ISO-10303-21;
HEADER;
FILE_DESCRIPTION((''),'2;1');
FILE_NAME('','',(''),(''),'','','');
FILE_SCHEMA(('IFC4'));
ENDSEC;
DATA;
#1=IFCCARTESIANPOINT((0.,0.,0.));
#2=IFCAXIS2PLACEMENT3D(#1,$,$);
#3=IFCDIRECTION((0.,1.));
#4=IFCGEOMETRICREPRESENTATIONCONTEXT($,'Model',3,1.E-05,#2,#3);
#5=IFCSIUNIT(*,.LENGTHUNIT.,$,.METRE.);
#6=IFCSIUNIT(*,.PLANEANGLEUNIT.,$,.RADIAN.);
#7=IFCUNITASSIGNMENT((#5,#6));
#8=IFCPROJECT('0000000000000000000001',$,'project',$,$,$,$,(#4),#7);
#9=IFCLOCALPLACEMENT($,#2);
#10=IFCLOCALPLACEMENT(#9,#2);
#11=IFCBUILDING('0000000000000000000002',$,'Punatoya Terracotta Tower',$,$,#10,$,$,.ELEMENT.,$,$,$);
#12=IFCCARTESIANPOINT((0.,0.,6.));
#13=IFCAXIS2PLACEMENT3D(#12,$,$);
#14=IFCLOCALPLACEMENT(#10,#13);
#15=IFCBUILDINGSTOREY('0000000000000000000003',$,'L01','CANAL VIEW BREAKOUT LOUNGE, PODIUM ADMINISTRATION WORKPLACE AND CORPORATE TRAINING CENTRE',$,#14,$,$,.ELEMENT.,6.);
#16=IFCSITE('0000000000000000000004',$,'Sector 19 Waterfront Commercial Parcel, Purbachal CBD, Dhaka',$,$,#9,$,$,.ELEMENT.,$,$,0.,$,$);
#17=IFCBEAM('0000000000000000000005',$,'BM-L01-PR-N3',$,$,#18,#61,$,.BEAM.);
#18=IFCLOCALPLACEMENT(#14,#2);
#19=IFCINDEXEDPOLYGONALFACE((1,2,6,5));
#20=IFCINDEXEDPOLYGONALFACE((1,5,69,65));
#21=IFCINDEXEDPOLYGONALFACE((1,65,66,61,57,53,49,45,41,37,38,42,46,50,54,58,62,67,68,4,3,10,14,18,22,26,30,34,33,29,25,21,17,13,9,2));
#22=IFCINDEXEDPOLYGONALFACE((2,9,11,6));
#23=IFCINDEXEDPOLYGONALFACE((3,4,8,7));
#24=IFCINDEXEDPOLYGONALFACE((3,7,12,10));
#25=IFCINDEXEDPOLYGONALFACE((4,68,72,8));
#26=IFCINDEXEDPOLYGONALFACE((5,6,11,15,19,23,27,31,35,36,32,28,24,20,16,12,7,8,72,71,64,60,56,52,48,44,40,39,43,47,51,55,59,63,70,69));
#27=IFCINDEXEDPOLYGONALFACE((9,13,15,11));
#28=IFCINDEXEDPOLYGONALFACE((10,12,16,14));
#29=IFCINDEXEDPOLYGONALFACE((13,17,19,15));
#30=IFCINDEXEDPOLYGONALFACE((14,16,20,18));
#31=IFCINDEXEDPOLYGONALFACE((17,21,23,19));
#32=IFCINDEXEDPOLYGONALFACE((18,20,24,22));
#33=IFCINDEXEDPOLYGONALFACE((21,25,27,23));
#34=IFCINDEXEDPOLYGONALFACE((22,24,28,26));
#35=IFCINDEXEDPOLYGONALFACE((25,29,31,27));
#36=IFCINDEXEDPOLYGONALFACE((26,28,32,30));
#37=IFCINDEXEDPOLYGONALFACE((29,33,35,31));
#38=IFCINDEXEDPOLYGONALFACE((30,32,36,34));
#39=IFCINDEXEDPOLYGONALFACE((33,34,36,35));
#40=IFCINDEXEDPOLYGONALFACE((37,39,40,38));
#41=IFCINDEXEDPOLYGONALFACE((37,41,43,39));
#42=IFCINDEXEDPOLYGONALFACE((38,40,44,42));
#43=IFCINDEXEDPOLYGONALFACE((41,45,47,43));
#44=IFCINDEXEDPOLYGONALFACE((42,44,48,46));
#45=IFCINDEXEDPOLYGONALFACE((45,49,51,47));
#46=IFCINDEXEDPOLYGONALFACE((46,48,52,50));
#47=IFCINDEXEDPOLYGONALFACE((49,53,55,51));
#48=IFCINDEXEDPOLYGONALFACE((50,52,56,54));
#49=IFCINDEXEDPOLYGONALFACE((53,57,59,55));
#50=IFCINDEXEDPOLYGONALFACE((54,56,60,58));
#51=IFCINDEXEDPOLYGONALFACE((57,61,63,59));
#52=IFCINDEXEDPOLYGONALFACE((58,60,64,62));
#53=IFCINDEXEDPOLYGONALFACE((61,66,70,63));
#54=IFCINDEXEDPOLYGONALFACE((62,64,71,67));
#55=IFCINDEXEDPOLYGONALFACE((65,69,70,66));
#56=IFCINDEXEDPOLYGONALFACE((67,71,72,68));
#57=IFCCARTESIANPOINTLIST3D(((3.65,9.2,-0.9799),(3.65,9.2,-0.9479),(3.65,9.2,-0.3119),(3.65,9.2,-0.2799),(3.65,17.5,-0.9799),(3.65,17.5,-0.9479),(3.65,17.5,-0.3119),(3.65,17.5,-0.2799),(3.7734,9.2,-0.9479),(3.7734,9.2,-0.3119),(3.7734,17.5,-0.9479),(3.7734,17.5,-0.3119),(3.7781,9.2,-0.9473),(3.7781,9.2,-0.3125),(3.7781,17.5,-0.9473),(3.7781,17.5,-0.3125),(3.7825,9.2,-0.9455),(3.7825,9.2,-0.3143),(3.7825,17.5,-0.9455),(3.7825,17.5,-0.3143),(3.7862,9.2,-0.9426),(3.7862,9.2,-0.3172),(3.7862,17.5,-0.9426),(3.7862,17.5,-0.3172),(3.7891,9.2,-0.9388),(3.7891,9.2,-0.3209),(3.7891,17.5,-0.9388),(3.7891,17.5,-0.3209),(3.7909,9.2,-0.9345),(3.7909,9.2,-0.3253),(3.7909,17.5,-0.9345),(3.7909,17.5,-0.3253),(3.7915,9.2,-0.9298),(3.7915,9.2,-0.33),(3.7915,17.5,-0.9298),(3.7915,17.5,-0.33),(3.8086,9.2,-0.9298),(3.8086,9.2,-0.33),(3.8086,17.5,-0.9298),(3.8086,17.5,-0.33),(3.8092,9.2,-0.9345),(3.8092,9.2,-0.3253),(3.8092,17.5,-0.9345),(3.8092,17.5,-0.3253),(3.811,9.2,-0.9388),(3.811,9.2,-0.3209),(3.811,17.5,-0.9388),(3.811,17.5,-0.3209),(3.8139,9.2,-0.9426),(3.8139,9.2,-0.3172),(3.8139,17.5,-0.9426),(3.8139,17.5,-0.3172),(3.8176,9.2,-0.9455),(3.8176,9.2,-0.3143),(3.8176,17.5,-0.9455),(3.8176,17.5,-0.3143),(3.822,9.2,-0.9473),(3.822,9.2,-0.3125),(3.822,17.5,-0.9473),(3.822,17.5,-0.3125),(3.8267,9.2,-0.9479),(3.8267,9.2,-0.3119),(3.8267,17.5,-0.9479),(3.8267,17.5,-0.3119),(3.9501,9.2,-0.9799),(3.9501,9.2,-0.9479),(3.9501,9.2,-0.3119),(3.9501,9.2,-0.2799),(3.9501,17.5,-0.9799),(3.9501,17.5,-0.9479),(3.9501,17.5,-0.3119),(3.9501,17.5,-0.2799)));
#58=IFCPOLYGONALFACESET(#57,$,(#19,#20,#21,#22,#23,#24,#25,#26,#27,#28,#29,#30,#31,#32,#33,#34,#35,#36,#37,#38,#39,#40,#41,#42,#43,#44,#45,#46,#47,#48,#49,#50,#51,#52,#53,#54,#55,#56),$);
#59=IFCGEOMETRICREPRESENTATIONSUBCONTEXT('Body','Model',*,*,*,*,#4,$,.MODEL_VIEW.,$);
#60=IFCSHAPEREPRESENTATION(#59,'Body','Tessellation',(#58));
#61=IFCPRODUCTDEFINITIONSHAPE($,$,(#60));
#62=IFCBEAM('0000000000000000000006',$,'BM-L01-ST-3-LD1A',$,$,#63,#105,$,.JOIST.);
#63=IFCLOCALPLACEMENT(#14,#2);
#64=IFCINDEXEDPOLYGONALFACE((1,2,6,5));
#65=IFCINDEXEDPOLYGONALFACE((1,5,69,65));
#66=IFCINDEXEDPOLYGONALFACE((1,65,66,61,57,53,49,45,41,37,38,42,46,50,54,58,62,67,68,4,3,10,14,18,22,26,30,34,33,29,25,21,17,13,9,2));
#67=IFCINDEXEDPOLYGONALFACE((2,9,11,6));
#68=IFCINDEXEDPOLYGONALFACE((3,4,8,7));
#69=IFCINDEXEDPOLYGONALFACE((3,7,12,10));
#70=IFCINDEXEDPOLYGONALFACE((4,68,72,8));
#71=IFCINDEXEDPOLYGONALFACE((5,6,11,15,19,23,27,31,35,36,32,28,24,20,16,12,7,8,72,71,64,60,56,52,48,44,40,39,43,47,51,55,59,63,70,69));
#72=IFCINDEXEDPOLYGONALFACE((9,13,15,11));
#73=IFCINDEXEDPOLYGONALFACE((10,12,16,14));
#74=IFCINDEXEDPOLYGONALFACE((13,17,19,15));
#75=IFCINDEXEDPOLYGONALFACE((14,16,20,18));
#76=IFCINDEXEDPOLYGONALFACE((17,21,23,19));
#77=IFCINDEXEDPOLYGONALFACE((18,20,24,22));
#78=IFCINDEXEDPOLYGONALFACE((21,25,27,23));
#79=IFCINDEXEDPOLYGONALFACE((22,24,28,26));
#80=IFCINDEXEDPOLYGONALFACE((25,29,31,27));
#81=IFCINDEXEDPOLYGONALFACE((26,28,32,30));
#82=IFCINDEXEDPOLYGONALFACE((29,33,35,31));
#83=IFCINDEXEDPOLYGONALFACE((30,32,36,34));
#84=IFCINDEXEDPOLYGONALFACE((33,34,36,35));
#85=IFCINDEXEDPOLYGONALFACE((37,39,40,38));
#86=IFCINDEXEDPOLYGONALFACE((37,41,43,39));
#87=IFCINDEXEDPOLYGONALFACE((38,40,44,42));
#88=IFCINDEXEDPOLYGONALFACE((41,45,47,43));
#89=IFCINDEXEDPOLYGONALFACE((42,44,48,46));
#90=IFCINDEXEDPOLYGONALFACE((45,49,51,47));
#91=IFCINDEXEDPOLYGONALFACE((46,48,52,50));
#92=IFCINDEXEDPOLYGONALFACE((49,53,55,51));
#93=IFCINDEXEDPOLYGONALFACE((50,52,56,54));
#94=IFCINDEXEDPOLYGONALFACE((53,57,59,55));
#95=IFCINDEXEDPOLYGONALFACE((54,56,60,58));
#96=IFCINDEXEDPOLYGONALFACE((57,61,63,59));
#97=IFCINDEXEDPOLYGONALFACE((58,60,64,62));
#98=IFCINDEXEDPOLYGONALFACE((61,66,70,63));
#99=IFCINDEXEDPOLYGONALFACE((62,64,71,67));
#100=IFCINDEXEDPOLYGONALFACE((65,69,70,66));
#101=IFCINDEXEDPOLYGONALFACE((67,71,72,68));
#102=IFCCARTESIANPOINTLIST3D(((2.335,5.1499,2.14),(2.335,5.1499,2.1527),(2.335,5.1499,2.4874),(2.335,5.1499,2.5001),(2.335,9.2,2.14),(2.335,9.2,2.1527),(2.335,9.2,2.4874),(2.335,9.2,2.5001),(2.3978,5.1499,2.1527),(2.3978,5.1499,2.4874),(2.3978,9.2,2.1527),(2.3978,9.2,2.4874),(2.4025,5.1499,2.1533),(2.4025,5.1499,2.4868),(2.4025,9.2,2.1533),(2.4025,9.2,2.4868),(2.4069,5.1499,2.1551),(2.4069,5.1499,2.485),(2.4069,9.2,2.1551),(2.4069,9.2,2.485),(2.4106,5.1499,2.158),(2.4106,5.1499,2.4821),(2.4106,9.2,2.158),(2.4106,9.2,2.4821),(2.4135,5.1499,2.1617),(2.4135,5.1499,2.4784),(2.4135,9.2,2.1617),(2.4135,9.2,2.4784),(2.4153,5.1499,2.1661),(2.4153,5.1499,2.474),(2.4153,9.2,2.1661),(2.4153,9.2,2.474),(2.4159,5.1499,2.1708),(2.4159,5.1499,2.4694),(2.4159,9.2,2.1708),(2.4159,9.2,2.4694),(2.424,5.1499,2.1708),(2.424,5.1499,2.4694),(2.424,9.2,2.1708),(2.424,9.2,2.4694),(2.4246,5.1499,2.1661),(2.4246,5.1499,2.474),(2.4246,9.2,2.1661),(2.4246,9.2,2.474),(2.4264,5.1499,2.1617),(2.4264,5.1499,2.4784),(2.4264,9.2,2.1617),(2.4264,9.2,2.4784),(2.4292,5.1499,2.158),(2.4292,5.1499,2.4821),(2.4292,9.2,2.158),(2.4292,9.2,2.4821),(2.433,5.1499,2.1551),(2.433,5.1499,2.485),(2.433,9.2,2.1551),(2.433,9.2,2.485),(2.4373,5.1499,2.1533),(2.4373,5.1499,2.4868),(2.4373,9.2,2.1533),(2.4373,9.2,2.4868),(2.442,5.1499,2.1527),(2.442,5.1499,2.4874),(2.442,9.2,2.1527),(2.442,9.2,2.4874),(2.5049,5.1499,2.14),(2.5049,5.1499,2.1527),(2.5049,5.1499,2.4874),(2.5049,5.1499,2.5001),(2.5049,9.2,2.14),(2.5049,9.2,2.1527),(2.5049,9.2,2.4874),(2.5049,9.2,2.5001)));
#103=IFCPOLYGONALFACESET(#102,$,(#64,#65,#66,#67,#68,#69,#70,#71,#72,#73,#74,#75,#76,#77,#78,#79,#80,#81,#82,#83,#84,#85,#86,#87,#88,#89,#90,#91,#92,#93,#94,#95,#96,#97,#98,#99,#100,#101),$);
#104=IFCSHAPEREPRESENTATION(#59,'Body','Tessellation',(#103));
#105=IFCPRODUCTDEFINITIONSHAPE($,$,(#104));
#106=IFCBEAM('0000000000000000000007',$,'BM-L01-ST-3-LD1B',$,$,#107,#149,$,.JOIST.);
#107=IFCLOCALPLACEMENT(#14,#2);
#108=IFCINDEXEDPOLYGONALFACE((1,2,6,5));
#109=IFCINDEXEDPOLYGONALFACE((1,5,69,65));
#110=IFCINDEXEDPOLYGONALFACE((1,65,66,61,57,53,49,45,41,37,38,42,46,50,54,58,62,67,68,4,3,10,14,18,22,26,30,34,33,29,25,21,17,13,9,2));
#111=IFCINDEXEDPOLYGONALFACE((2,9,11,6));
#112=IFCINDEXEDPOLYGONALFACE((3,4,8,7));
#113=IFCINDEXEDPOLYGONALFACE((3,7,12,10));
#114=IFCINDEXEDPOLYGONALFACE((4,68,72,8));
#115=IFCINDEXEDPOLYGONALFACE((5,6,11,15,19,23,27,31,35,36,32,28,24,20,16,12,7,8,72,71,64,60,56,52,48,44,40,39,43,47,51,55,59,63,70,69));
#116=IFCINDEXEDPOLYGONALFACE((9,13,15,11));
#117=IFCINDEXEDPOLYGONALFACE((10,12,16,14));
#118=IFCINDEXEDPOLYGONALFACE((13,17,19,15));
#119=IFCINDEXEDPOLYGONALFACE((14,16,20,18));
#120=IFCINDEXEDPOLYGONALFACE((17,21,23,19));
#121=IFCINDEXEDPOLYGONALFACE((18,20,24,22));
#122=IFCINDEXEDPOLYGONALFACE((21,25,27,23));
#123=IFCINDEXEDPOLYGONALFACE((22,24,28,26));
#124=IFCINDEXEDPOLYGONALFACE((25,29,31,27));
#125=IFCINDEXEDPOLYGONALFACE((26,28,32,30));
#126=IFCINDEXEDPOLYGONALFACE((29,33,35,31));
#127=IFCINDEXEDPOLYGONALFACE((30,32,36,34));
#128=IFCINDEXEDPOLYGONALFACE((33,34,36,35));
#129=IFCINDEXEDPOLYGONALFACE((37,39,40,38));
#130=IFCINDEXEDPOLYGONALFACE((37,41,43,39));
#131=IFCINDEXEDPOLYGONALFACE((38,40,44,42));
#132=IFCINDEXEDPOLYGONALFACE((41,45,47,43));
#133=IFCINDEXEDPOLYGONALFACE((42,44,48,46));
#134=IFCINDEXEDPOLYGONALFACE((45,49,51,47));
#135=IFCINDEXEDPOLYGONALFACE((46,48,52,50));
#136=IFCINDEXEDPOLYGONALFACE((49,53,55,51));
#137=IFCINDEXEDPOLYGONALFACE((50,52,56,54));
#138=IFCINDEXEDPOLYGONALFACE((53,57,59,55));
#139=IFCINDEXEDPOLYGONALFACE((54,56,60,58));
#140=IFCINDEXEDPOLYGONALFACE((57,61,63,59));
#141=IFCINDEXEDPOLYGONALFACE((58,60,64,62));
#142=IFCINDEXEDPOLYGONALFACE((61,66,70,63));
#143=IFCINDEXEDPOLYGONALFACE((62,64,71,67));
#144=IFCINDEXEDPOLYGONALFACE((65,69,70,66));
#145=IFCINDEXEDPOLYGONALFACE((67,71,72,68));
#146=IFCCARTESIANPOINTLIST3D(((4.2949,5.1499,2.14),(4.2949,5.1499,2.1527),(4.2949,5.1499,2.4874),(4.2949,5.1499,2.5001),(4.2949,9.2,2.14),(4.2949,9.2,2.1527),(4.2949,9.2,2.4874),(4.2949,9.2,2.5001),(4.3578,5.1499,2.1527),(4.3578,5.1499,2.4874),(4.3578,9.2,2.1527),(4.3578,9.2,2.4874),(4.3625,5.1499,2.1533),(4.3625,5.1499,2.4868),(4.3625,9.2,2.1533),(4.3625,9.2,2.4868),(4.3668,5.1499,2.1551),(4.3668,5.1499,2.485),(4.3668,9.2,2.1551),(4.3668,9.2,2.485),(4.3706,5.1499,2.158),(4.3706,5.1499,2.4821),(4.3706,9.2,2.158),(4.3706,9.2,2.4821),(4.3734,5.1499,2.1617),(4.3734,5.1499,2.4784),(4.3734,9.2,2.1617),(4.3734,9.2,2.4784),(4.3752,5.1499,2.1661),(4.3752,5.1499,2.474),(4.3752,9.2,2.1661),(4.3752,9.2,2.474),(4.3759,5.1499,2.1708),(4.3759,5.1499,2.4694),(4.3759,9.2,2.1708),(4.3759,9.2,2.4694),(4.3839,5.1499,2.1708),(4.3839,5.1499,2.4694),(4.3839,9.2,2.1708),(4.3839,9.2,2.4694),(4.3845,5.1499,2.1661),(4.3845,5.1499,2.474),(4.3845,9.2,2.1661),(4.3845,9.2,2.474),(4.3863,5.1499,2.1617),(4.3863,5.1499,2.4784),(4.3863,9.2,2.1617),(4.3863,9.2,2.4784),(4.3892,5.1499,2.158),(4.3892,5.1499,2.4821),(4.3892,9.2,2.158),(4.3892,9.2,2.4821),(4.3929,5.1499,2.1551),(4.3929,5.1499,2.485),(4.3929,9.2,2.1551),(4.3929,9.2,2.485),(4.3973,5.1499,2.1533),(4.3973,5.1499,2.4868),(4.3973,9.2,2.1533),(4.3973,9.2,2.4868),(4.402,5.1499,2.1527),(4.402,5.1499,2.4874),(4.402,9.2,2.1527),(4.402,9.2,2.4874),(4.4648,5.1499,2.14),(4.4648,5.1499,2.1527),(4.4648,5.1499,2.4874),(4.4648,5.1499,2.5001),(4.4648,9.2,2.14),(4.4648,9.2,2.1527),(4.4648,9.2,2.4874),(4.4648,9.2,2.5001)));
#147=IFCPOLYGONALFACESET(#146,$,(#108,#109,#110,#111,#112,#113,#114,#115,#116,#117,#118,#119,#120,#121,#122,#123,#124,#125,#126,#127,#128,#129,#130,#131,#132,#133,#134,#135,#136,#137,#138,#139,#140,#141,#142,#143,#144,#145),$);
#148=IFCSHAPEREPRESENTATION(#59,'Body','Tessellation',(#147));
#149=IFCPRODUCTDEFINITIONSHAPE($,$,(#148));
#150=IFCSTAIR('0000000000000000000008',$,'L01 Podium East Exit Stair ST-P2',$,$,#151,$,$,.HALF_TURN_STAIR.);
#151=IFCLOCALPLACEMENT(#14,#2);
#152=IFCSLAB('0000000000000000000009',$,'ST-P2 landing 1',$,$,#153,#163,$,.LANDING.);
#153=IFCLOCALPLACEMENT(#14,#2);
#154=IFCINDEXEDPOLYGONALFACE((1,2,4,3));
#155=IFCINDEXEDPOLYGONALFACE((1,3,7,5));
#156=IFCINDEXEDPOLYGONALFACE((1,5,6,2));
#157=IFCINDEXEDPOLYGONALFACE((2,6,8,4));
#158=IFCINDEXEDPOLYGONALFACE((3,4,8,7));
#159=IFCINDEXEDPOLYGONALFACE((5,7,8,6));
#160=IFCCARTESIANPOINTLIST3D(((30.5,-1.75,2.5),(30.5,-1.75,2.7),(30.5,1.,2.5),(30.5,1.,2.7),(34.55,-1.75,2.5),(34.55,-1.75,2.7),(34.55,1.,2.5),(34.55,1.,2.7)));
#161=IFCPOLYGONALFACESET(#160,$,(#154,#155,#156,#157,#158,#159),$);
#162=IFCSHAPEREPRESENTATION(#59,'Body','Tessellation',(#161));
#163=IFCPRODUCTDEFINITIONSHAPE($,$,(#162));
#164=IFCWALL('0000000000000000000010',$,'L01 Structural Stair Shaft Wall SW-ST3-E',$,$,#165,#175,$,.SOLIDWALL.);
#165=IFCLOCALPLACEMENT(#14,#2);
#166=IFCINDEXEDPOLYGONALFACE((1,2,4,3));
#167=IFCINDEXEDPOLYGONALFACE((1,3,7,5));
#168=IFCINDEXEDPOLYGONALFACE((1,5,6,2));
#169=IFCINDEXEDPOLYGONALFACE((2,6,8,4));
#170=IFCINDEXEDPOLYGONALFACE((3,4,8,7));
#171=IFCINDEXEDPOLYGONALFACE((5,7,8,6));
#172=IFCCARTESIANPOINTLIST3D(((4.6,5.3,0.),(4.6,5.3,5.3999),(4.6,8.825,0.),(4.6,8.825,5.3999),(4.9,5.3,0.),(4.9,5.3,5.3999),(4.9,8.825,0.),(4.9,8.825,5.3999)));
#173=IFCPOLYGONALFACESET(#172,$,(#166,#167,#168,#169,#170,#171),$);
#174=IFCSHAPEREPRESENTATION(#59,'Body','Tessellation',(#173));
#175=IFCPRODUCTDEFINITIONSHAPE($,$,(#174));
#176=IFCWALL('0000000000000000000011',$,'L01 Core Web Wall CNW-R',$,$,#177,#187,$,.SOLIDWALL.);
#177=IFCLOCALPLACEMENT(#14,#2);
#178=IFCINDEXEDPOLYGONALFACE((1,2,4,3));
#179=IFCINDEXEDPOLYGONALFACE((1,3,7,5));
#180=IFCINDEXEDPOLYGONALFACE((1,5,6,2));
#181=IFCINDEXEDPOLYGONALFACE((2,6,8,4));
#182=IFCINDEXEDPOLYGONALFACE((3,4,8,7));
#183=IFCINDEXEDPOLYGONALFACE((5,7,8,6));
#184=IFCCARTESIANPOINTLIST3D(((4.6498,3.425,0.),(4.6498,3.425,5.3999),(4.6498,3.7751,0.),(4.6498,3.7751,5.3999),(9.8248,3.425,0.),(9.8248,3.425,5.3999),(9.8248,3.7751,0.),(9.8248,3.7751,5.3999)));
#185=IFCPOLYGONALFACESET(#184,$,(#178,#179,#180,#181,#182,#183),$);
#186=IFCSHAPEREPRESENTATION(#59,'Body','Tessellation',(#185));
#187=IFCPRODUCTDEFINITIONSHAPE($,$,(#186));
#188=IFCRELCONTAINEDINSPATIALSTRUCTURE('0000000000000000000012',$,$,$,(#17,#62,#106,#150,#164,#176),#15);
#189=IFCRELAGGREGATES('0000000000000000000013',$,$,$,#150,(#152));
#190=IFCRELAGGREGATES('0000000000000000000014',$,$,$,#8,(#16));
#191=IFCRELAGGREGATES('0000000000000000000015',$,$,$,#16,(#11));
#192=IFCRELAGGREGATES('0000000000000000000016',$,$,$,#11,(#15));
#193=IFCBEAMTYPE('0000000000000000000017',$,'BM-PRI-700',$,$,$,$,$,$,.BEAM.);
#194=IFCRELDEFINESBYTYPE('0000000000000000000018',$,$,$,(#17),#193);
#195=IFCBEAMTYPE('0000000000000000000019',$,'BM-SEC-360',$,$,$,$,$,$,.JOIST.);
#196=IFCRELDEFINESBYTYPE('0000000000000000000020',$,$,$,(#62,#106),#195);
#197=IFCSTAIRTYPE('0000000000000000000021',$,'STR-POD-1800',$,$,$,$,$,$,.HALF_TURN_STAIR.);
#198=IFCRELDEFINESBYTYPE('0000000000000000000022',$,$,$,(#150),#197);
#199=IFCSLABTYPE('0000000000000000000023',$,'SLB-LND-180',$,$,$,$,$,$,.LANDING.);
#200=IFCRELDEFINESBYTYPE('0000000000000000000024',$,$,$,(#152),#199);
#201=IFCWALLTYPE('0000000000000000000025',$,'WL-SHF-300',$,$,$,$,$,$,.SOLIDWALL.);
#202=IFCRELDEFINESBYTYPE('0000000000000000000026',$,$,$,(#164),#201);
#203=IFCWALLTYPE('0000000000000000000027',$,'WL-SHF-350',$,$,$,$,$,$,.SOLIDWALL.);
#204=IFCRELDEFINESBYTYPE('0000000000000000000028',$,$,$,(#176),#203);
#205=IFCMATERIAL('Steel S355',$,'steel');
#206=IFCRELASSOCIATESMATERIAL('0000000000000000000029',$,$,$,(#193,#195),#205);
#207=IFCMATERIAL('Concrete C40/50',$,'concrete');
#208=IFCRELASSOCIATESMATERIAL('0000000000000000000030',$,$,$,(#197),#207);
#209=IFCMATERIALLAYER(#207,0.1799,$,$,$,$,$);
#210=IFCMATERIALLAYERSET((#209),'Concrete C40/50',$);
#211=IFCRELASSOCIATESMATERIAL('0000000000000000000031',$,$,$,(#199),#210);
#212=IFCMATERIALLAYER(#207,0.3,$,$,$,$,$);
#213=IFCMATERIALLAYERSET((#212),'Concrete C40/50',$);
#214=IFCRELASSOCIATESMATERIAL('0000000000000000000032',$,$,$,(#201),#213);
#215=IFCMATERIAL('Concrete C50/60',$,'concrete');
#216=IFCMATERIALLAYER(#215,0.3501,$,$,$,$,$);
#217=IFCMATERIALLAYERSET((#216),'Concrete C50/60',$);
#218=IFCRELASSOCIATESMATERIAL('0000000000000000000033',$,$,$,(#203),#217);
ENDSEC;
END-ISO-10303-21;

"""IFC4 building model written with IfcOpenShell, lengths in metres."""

from ifc_helpers import new_model, si_unit, direction, frame, frame_2d, origin, origin_2d, place, context, subcontext, project, spatial, polyline, rectangle, i_section, outline, extrude, material, layer, layer_set, material_profile, profile_set, type_object, element, aggregate, save


model = new_model("IFC4")

# Units and contexts
model_context = context("Model", 3, precision=1e-05, world=origin(), true_north=direction((0.0, 1.0)))
body_context = subcontext(model_context, "Body", "Model", "MODEL_VIEW")
ifc_project = project(units=[si_unit("LENGTHUNIT", "METRE"), si_unit("PLANEANGLEUNIT", "RADIAN")], contexts=[model_context])

# Site, building, storey
site_placement = place(None, origin())
site = spatial("IfcSite", under=ifc_project, at=site_placement, Name="Sector 19 Waterfront Commercial Parcel, Purbachal CBD, Dhaka", CompositionType="ELEMENT", RefElevation=0.0)
building_placement = place(site_placement, origin())
building = spatial("IfcBuilding", under=site, at=building_placement, Name="Punatoya Terracotta Tower", CompositionType="ELEMENT")
storey_placement = place(building_placement, frame((0.0, 0.0, 6.0)))
storey = spatial("IfcBuildingStorey", under=building, at=storey_placement, Name="L01", Description="CANAL VIEW BREAKOUT LOUNGE, PODIUM ADMINISTRATION WORKPLACE AND CORPORATE TRAINING CENTRE", CompositionType="ELEMENT", Elevation=6.0)

# Beams
ifc_material_1 = material(Name="Steel S355", Category="steel")
ifc_material_profile_1 = material_profile(ifc_material_1, i_section(OverallWidth=0.3, OverallDepth=0.7, WebThickness=0.0171, FlangeThickness=0.032, FilletRadius=0.0181, at=origin_2d()))
ifc_profile_set_1 = profile_set([ifc_material_profile_1], Name="Steel S355")
beam_type_1 = type_object("IfcBeamType", Name="BM-PRI-700", PredefinedType="BEAM", material=ifc_profile_set_1)
beam_placement = place(storey_placement, frame((3.8, 9.2, -0.6299), z_axis=(0.0, 1.0, 0.0), x_axis=(-1.0, 0.0, 0.0)))
element("IfcBeam", 1, at=beam_placement, inside=storey, type_object=beam_type_1, Name="BM-L01-PR-N3", PredefinedType="BEAM", context=body_context, shape_type="SweptSolid", body=[
    extrude(i_section(OverallWidth=0.3, OverallDepth=0.7, WebThickness=0.0171, FlangeThickness=0.032, FilletRadius=0.0181, at=origin_2d()), origin(), (0.0, 0.0, 1.0), 8.3),
])
ifc_material_profile_2 = material_profile(ifc_material_1, i_section(OverallWidth=0.1699, OverallDepth=0.3601, WebThickness=0.0081, FlangeThickness=0.0127, FilletRadius=0.0181, at=origin_2d()))
ifc_profile_set_2 = profile_set([ifc_material_profile_2], Name="Steel S355")
beam_type_2 = type_object("IfcBeamType", Name="BM-SEC-360", PredefinedType="JOIST", material=ifc_profile_set_2)
for number, where, z_axis, x_axis, name in (
    (2, (2.4199, 5.1499, 2.3201), (0.0, 1.0, 0.0), (-1.0, 0.0, 0.0), "BM-L01-ST-3-LD1A"),
    (3, (4.3799, 5.1499, 2.3201), (0.0, 1.0, 0.0), (-1.0, 0.0, 0.0), "BM-L01-ST-3-LD1B"),
):
    element("IfcBeam", number, at=place(storey_placement, frame(where, z_axis=z_axis, x_axis=x_axis)), inside=storey, type_object=beam_type_2, Name=name, PredefinedType="JOIST", context=body_context, shape_type="SweptSolid", body=[
        extrude(i_section(OverallWidth=0.1699, OverallDepth=0.3601, WebThickness=0.0081, FlangeThickness=0.0127, FilletRadius=0.0181, at=origin_2d()), origin(), (0.0, 0.0, 1.0), 4.05),
    ])

# Stair, slab
ifc_material_2 = material(Name="Concrete C40/50", Category="concrete")
stair_type_1 = type_object("IfcStairType", Name="STR-POD-1800", PredefinedType="HALF_TURN_STAIR", material=ifc_material_2)
stair_1_placement = place(storey_placement, origin())
stair_1 = element("IfcStair", 4, at=stair_1_placement, inside=storey, type_object=stair_type_1, Name="L01 Podium East Exit Stair ST-P2", PredefinedType="HALF_TURN_STAIR")
ifc_layer_1 = layer(ifc_material_2, 0.1799)
ifc_layer_set_1 = layer_set([ifc_layer_1], Name="Concrete C40/50")
slab_type = type_object("IfcSlabType", Name="SLB-LND-180", PredefinedType="LANDING", material=ifc_layer_set_1)
slab_placement = place(storey_placement, frame((0.0, 0.0, 2.5)))
slab = element("IfcSlab", 5, at=slab_placement, type_object=slab_type, Name="ST-P2 landing 1", PredefinedType="LANDING", context=body_context, shape_type="SweptSolid", body=[
    extrude(outline(polyline([(34.55, -1.75), (34.55, 1.0), (30.5, 1.0), (30.5, -1.75), (34.55, -1.75)])), origin(), (0.0, 0.0, 1.0), 0.2),
])
aggregate(stair_1, [slab])

# Walls
ifc_layer_2 = layer(ifc_material_2, 0.3)
ifc_layer_set_2 = layer_set([ifc_layer_2], Name="Concrete C40/50")
wall_type_1 = type_object("IfcWallType", Name="WL-SHF-300", PredefinedType="SOLIDWALL", material=ifc_layer_set_2)
wall_1_placement = place(storey_placement, frame((4.75, 8.825, 0.0), z_axis=(0.0, 0.0, 1.0), x_axis=(0.0, -1.0, 0.0)))
element("IfcWall", 6, at=wall_1_placement, inside=storey, type_object=wall_type_1, Name="L01 Structural Stair Shaft Wall SW-ST3-E", PredefinedType="SOLIDWALL", context=body_context, shape_type="SweptSolid", body=[
    extrude(rectangle(XDim=3.5249, YDim=0.3, at=frame_2d((1.7625, 0.0))), origin(), (0.0, 0.0, 1.0), 5.3999),
])
ifc_material_3 = material(Name="Concrete C50/60", Category="concrete")
ifc_layer_3 = layer(ifc_material_3, 0.3501)
ifc_layer_set_3 = layer_set([ifc_layer_3], Name="Concrete C50/60")
wall_type_2 = type_object("IfcWallType", Name="WL-SHF-350", PredefinedType="SOLIDWALL", material=ifc_layer_set_3)
wall_2_placement = place(storey_placement, frame((4.6499, 3.6001, 0.0), z_axis=(0.0, 0.0, 1.0), x_axis=(1.0, 0.0, 0.0)))
element("IfcWall", 7, at=wall_2_placement, inside=storey, type_object=wall_type_2, Name="L01 Core Web Wall CNW-R", PredefinedType="SOLIDWALL", context=body_context, shape_type="SweptSolid", body=[
    extrude(rectangle(XDim=5.175, YDim=0.3501, at=frame_2d((2.5874, 0.0))), origin(), (0.0, 0.0, 1.0), 5.3999),
])

save(model, "model.ifc")
